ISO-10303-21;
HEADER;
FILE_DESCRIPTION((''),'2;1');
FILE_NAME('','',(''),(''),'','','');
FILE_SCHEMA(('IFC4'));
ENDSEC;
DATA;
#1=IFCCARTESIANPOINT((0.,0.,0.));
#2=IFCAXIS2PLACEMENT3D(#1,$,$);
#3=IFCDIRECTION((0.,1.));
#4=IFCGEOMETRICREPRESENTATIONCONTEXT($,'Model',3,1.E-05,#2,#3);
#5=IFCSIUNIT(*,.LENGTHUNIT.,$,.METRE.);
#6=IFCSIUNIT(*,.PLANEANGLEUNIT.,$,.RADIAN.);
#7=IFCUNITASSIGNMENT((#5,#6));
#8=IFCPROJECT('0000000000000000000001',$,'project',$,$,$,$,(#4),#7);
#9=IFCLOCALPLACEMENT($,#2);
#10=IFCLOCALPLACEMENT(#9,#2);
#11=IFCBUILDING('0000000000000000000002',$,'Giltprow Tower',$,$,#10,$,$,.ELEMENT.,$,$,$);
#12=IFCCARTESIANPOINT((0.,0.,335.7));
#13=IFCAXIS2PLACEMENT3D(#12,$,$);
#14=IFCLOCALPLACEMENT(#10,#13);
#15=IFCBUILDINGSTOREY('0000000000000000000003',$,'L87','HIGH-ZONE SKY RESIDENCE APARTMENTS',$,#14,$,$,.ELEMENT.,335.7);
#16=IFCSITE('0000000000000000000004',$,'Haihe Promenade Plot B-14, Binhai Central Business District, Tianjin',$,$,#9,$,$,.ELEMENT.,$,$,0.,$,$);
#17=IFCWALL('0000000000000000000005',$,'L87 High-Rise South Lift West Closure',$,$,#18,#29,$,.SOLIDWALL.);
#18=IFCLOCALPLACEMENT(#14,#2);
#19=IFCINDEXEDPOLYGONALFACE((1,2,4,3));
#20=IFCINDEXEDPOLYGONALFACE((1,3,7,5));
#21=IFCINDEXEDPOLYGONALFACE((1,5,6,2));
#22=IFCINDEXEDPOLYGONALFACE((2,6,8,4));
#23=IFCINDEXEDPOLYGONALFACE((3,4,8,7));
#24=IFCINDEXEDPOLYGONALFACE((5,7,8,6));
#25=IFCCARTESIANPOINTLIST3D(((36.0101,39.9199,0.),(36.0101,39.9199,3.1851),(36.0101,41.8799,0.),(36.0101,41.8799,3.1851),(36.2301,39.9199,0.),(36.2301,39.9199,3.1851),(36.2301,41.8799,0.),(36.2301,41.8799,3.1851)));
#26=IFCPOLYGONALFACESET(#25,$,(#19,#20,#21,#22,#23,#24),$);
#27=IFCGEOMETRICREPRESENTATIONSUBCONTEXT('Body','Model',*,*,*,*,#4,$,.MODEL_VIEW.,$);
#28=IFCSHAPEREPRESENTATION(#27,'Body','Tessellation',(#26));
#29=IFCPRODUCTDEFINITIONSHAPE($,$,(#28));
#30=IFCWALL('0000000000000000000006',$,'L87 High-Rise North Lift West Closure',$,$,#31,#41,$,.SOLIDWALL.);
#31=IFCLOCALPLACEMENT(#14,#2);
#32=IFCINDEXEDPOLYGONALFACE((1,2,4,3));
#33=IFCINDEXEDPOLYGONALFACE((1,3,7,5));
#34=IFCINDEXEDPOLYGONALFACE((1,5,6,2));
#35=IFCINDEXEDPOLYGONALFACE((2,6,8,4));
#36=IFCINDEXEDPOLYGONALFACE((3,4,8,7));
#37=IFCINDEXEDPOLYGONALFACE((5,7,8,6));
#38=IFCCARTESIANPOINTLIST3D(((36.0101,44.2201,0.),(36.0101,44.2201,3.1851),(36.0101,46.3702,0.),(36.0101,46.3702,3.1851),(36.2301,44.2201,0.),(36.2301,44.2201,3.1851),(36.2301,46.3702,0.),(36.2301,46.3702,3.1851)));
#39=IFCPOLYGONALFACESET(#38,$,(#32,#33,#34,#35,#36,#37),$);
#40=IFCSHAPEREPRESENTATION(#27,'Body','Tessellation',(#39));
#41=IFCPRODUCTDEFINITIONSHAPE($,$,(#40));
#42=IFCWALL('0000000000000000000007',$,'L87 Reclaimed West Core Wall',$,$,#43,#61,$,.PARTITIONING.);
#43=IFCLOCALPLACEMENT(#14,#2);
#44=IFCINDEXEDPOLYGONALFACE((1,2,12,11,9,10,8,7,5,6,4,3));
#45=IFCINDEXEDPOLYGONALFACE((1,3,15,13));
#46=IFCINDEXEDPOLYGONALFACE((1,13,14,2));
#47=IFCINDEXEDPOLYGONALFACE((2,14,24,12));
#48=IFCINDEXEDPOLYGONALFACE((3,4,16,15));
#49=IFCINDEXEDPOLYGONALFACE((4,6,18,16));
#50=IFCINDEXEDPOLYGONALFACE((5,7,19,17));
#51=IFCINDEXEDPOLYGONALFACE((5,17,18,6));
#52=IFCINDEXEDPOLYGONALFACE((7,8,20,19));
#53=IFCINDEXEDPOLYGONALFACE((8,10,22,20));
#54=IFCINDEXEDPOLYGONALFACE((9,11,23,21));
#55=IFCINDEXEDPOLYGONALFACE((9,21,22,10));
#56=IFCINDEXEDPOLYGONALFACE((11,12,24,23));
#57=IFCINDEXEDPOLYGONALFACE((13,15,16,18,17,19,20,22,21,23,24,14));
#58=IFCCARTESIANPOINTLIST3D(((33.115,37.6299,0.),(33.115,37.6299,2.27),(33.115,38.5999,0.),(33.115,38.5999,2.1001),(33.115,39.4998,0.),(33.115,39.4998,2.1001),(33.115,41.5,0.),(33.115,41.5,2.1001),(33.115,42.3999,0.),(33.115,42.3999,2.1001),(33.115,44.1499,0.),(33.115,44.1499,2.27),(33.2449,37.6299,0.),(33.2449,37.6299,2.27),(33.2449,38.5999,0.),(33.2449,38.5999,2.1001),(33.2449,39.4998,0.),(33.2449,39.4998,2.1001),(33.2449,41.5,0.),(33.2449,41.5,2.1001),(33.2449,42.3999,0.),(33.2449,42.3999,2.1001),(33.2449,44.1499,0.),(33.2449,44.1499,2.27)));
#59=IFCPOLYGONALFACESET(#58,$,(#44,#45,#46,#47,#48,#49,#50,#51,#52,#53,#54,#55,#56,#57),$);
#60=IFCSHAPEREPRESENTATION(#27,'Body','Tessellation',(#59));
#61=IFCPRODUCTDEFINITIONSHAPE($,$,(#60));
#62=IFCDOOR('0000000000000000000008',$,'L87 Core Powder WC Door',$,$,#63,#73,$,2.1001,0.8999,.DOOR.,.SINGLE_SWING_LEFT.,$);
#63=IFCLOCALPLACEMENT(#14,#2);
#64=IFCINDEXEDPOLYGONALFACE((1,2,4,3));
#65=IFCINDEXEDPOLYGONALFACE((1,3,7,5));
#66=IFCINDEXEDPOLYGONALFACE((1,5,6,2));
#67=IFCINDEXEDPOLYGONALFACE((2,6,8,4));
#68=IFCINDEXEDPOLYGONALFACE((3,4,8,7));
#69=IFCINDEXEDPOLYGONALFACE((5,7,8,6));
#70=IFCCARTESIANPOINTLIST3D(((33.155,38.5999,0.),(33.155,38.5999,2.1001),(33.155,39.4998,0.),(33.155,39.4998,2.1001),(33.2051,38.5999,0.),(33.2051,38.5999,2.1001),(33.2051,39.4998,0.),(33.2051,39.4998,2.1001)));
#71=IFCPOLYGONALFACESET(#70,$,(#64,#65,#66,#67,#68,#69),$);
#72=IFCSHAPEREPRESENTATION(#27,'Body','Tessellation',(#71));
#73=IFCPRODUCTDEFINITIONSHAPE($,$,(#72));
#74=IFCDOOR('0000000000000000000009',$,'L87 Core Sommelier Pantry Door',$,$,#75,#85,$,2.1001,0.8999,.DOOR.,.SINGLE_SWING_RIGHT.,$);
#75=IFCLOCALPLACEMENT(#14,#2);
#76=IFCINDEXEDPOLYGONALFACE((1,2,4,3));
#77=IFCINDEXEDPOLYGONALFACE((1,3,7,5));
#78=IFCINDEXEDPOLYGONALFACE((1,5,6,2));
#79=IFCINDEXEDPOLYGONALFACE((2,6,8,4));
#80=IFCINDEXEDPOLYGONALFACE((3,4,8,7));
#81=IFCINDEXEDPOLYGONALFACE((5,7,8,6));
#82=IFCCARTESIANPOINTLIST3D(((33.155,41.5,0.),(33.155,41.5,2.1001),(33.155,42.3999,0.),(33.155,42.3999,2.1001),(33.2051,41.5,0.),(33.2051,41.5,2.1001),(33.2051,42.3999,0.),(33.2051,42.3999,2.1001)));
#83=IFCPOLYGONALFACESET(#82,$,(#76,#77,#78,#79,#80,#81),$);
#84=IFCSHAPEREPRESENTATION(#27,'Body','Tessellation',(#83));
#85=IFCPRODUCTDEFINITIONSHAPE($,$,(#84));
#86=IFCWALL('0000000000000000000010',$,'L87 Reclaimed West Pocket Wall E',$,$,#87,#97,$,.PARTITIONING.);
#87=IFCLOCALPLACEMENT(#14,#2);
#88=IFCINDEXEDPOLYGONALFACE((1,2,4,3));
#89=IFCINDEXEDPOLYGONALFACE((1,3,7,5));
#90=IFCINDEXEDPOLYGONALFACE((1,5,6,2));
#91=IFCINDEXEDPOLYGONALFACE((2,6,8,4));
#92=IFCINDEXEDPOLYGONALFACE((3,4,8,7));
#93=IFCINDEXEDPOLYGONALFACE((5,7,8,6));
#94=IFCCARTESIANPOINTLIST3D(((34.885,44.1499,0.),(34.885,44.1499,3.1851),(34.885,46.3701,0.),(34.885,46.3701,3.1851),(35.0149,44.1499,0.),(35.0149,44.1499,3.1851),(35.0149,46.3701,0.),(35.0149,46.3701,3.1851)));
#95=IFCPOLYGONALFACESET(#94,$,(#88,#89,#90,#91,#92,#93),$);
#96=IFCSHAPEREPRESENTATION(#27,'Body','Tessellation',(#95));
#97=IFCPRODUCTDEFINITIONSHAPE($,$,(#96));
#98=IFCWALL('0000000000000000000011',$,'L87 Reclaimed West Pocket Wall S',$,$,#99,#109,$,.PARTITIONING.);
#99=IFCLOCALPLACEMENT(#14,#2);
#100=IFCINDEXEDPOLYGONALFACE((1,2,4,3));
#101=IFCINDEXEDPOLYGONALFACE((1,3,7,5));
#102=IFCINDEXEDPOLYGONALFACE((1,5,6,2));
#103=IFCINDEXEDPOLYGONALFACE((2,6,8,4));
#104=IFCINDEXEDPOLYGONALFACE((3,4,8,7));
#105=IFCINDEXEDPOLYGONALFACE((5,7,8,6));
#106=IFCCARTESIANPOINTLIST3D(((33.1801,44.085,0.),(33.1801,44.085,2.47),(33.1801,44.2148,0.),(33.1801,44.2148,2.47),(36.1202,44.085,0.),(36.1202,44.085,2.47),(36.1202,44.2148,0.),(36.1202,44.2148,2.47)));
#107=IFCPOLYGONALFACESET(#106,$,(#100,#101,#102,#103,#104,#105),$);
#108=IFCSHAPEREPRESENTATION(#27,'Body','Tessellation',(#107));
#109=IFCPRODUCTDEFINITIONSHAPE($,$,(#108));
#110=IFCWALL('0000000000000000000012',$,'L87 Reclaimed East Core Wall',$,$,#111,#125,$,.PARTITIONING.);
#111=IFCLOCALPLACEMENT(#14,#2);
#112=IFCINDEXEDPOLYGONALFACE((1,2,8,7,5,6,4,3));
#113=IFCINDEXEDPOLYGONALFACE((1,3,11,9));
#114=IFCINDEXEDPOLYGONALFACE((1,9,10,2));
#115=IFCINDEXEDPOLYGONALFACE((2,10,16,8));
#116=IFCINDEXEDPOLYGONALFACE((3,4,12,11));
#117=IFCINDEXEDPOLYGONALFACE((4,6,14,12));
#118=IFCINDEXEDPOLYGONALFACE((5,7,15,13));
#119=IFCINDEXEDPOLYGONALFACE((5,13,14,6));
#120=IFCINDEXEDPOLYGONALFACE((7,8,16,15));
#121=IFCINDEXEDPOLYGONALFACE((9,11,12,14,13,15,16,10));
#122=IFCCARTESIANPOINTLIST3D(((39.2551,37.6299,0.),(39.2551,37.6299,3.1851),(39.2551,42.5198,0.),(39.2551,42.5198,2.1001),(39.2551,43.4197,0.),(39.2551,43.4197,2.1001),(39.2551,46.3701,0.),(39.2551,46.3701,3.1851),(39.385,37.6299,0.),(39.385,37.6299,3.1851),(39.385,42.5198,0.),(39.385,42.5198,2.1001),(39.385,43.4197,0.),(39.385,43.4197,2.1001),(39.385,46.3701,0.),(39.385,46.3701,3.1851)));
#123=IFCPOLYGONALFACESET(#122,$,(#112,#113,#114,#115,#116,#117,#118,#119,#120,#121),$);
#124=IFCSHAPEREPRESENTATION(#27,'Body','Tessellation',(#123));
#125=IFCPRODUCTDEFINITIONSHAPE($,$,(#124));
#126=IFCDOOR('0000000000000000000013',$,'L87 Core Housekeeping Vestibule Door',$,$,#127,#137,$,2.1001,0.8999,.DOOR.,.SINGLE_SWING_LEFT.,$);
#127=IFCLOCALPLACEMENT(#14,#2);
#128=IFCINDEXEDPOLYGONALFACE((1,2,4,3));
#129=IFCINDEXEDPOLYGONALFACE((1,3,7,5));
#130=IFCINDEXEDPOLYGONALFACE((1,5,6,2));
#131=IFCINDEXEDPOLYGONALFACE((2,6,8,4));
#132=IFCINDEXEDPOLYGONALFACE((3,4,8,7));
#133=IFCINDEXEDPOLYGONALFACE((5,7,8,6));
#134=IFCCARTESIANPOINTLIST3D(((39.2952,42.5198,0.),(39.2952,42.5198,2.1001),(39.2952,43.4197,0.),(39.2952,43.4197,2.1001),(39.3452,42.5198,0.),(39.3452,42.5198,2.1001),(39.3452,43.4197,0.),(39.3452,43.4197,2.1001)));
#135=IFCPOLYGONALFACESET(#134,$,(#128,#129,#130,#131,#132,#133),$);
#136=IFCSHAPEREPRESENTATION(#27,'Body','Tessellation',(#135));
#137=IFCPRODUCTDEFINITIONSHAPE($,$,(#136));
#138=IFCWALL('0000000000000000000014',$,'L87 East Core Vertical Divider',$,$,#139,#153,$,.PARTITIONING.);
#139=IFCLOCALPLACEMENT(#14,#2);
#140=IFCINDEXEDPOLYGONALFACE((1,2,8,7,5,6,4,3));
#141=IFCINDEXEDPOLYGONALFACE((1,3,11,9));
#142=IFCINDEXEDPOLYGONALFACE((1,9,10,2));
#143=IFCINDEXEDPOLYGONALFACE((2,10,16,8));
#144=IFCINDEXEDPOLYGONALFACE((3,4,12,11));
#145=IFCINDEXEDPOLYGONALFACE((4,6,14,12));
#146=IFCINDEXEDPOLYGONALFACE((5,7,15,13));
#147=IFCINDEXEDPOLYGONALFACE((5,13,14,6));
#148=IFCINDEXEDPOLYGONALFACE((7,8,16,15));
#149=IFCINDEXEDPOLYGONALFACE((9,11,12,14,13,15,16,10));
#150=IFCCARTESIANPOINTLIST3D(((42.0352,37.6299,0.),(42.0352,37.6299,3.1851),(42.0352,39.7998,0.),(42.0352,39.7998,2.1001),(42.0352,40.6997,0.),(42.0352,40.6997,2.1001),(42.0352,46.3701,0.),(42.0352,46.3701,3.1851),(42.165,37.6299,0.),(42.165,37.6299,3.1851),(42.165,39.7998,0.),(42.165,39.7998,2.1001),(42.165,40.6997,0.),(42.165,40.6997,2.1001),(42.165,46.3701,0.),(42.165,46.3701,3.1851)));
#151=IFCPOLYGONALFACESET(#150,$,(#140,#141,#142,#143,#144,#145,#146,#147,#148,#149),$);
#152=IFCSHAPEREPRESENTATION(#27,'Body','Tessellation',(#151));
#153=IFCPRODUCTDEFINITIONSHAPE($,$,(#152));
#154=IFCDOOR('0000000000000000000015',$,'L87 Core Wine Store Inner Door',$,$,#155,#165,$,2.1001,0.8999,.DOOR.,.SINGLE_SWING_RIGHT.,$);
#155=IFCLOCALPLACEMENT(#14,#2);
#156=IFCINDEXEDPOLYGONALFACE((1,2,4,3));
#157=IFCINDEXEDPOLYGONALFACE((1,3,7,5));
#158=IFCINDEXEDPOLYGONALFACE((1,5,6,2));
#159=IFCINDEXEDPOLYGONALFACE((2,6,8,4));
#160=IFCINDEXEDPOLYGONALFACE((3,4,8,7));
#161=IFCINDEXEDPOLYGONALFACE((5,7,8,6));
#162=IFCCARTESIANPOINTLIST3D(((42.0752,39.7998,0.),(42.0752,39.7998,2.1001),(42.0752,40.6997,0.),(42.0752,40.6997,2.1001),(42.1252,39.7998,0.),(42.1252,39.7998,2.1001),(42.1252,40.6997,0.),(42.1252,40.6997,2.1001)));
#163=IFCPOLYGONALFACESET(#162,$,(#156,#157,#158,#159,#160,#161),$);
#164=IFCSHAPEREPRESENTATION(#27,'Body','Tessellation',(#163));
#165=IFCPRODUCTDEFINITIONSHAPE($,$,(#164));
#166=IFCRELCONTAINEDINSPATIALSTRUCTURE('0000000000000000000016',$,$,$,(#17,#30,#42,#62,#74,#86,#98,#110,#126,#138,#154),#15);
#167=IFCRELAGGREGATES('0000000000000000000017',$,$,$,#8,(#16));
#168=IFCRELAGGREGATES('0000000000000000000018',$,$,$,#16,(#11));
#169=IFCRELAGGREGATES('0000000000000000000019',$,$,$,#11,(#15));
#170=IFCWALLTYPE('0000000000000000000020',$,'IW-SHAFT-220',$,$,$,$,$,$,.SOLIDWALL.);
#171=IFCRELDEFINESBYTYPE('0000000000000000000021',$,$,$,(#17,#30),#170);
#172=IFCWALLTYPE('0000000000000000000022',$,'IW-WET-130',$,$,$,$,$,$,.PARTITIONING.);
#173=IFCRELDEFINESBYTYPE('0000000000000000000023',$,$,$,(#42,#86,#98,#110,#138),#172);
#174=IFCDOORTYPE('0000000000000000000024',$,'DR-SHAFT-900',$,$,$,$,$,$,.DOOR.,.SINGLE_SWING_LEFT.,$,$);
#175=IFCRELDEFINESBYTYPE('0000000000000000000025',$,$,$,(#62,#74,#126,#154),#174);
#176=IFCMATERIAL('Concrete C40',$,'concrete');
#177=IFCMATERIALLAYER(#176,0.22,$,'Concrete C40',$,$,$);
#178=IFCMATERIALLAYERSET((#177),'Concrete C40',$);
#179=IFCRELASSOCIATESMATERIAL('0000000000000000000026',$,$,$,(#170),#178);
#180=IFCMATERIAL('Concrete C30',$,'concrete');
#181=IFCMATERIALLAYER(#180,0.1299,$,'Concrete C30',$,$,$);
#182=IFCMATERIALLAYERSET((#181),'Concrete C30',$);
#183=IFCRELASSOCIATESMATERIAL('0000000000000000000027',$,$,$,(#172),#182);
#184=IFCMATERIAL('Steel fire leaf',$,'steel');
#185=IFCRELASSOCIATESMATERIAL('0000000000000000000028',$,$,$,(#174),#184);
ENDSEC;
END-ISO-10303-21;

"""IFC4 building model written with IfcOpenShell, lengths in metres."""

from ifc_helpers import new_model, si_unit, direction, frame, frame_2d, origin, place, context, subcontext, project, spatial, rectangle, extrude, source, transform, mapped, material, layer, layer_set, type_object, element, fill, save


model = new_model("IFC4")

# Units and contexts
model_context = context("Model", 3, precision=1e-05, world=origin(), true_north=direction((0.0, 1.0)))
body_context = subcontext(model_context, "Body", "Model", "MODEL_VIEW")
ifc_project = project(units=[si_unit("LENGTHUNIT", "METRE"), si_unit("PLANEANGLEUNIT", "RADIAN")], contexts=[model_context])

# Site, building, storey
site_placement = place(None, origin())
site = spatial("IfcSite", under=ifc_project, at=site_placement, Name="Haihe Promenade Plot B-14, Binhai Central Business District, Tianjin", CompositionType="ELEMENT", RefElevation=0.0)
building_placement = place(site_placement, origin())
building = spatial("IfcBuilding", under=site, at=building_placement, Name="Giltprow Tower", CompositionType="ELEMENT")
storey_placement = place(building_placement, frame((0.0, 0.0, 335.7)))
storey = spatial("IfcBuildingStorey", under=building, at=storey_placement, Name="L87", Description="HIGH-ZONE SKY RESIDENCE APARTMENTS", CompositionType="ELEMENT", Elevation=335.7)

# Shared definitions
ifc_material_1 = material(Name="Concrete C40", Category="concrete")
ifc_layer_1 = layer(ifc_material_1, 0.22, Name="Concrete C40")
ifc_layer_set_1 = layer_set([ifc_layer_1], Name="Concrete C40")
wall_type_1 = type_object("IfcWallType", Name="IW-SHAFT-220", PredefinedType="SOLIDWALL", material=ifc_layer_set_1)

# Walls
wall_1_placement = place(storey_placement, frame((36.1201, 39.9199, 0.0), z_axis=(0.0, 0.0, 1.0), x_axis=(0.0, 1.0, 0.0)))
element("IfcWall", 1, at=wall_1_placement, inside=storey, type_object=wall_type_1, Name="L87 High-Rise South Lift West Closure", PredefinedType="SOLIDWALL", context=body_context, shape_type="SweptSolid", body=[
    extrude(rectangle(XDim=1.96, YDim=0.22, at=frame_2d((0.98, 0.0))), origin(), (0.0, 0.0, 1.0), 3.1851),
])
wall_2_placement = place(storey_placement, frame((36.1201, 44.22, 0.0), z_axis=(0.0, 0.0, 1.0), x_axis=(0.0, 1.0, 0.0)))
element("IfcWall", 2, at=wall_2_placement, inside=storey, type_object=wall_type_1, Name="L87 High-Rise North Lift West Closure", PredefinedType="SOLIDWALL", context=body_context, shape_type="SweptSolid", body=[
    extrude(rectangle(XDim=2.1501, YDim=0.22, at=frame_2d((1.0752, 0.0))), origin(), (0.0, 0.0, 1.0), 3.1851),
])

# Wall, openings, doors
ifc_material_2 = material(Name="Concrete C30", Category="concrete")
ifc_layer_2 = layer(ifc_material_2, 0.1299, Name="Concrete C30")
ifc_layer_set_2 = layer_set([ifc_layer_2], Name="Concrete C30")
wall_type_2 = type_object("IfcWallType", Name="IW-WET-130", PredefinedType="PARTITIONING", material=ifc_layer_set_2)
wall_3_placement = place(storey_placement, frame((33.1799, 37.6299, 0.0), z_axis=(0.0, 0.0, 1.0), x_axis=(0.0, 1.0, 0.0)))
wall_3 = element("IfcWall", 3, at=wall_3_placement, inside=storey, type_object=wall_type_2, Name="L87 Reclaimed West Core Wall", PredefinedType="PARTITIONING", context=body_context, shape_type="SweptSolid", body=[
    extrude(rectangle(XDim=6.52, YDim=0.1299, at=frame_2d((3.26, 0.0))), origin(), (0.0, 0.0, 1.0), 2.27),
])
opening_1_placement = place(wall_3_placement, frame((0.97, 0.0, 0.0)))
opening_1 = element("IfcOpeningElement", 4, at=opening_1_placement, cuts=wall_3, PredefinedType="OPENING", context=body_context, shape_type="SweptSolid", body=[
    extrude(rectangle(XDim=0.8999, YDim=2.1001, at=frame_2d((0.45, 1.05))), frame((0.0, 0.075, 0.0), z_axis=(0.0, -1.0, 0.0), x_axis=(1.0, 0.0, 0.0)), (0.0, 0.0, 1.0), 0.1499),
])
opening_2_placement = place(wall_3_placement, frame((3.8701, 0.0, 0.0)))
opening_2 = element("IfcOpeningElement", 5, at=opening_2_placement, cuts=wall_3, PredefinedType="OPENING", context=body_context, shape_type="SweptSolid", body=[
    extrude(rectangle(XDim=0.8999, YDim=2.1001, at=frame_2d((0.45, 1.05))), frame((0.0, 0.075, 0.0), z_axis=(0.0, -1.0, 0.0), x_axis=(1.0, 0.0, 0.0)), (0.0, 0.0, 1.0), 0.1499),
])
ifc_material_3 = material(Name="Steel fire leaf", Category="steel")
door_type_1 = type_object("IfcDoorType", Name="DR-SHAFT-900", OperationType="SINGLE_SWING_LEFT", PredefinedType="DOOR", material=ifc_material_3)
shared_shape_1 = source(origin(), body_context, "Body", "SweptSolid", [
    extrude(rectangle(XDim=0.8999, YDim=2.1001, at=frame_2d((0.45, 1.05))), frame((0.0, 0.0249, 0.0), z_axis=(0.0, -1.0, 0.0), x_axis=(1.0, 0.0, 0.0)), (0.0, 0.0, 1.0), 0.05),
])
door_1_placement = place(opening_1_placement, origin())
door_1 = element("IfcDoor", 6, at=door_1_placement, inside=storey, type_object=door_type_1, Name="L87 Core Powder WC Door", OperationType="SINGLE_SWING_LEFT", OverallHeight=2.1001, OverallWidth=0.8999, PredefinedType="DOOR", context=body_context, shape_type="MappedRepresentation", body=[
    mapped(shared_shape_1, transform((0.0, 0.0, 0.0), x_axis=(1.0, 0.0, 0.0), y_axis=(0.0, 1.0, 0.0), z_axis=(0.0, 0.0, 1.0), scale=1.0)),
])
fill(opening_1, door_1)
door_2_placement = place(opening_2_placement, origin())
door_2 = element("IfcDoor", 7, at=door_2_placement, inside=storey, type_object=door_type_1, Name="L87 Core Sommelier Pantry Door", OperationType="SINGLE_SWING_RIGHT", OverallHeight=2.1001, OverallWidth=0.8999, PredefinedType="DOOR", context=body_context, shape_type="MappedRepresentation", body=[
    mapped(shared_shape_1, transform((0.0, 0.0, 0.0), x_axis=(1.0, 0.0, 0.0), y_axis=(0.0, 1.0, 0.0), z_axis=(0.0, 0.0, 1.0), scale=1.0)),
])
fill(opening_2, door_2)

# Walls
wall_4_placement = place(storey_placement, frame((34.95, 44.1499, 0.0), z_axis=(0.0, 0.0, 1.0), x_axis=(0.0, 1.0, 0.0)))
element("IfcWall", 8, at=wall_4_placement, inside=storey, type_object=wall_type_2, Name="L87 Reclaimed West Pocket Wall E", PredefinedType="PARTITIONING", context=body_context, shape_type="SweptSolid", body=[
    extrude(rectangle(XDim=2.2202, YDim=0.1299, at=frame_2d((1.1101, 0.0))), origin(), (0.0, 0.0, 1.0), 3.1851),
])
wall_5_placement = place(storey_placement, frame((33.1799, 44.1499, 0.0), z_axis=(0.0, 0.0, 1.0), x_axis=(1.0, 0.0, 0.0)))
element("IfcWall", 9, at=wall_5_placement, inside=storey, type_object=wall_type_2, Name="L87 Reclaimed West Pocket Wall S", PredefinedType="PARTITIONING", context=body_context, shape_type="SweptSolid", body=[
    extrude(rectangle(XDim=2.9402, YDim=0.1299, at=frame_2d((1.4702, 0.0))), origin(), (0.0, 0.0, 1.0), 2.47),
])

# Walls, openings, doors
wall_6_placement = place(storey_placement, frame((39.3201, 37.6299, 0.0), z_axis=(0.0, 0.0, 1.0), x_axis=(0.0, 1.0, 0.0)))
wall_6 = element("IfcWall", 10, at=wall_6_placement, inside=storey, type_object=wall_type_2, Name="L87 Reclaimed East Core Wall", PredefinedType="PARTITIONING", context=body_context, shape_type="SweptSolid", body=[
    extrude(rectangle(XDim=8.7402, YDim=0.1299, at=frame_2d((4.3701, 0.0))), origin(), (0.0, 0.0, 1.0), 3.1851),
])
opening_3_placement = place(wall_6_placement, frame((4.8899, 0.0, 0.0)))
opening_3 = element("IfcOpeningElement", 11, at=opening_3_placement, cuts=wall_6, PredefinedType="OPENING", context=body_context, shape_type="SweptSolid", body=[
    extrude(rectangle(XDim=0.8999, YDim=2.1001, at=frame_2d((0.45, 1.05))), frame((0.0, 0.075, 0.0), z_axis=(0.0, -1.0, 0.0), x_axis=(1.0, 0.0, 0.0)), (0.0, 0.0, 1.0), 0.1499),
])
door_3_placement = place(opening_3_placement, origin())
door_3 = element("IfcDoor", 12, at=door_3_placement, inside=storey, type_object=door_type_1, Name="L87 Core Housekeeping Vestibule Door", OperationType="SINGLE_SWING_LEFT", OverallHeight=2.1001, OverallWidth=0.8999, PredefinedType="DOOR", context=body_context, shape_type="MappedRepresentation", body=[
    mapped(shared_shape_1, transform((0.0, 0.0, 0.0), x_axis=(1.0, 0.0, 0.0), y_axis=(0.0, 1.0, 0.0), z_axis=(0.0, 0.0, 1.0), scale=1.0)),
])
fill(opening_3, door_3)
wall_7_placement = place(storey_placement, frame((42.1001, 37.6299, 0.0), z_axis=(0.0, 0.0, 1.0), x_axis=(0.0, 1.0, 0.0)))
wall_7 = element("IfcWall", 13, at=wall_7_placement, inside=storey, type_object=wall_type_2, Name="L87 East Core Vertical Divider", PredefinedType="PARTITIONING", context=body_context, shape_type="SweptSolid", body=[
    extrude(rectangle(XDim=8.7402, YDim=0.1299, at=frame_2d((4.3701, 0.0))), origin(), (0.0, 0.0, 1.0), 3.1851),
])
opening_4_placement = place(wall_7_placement, frame((2.1699, 0.0, 0.0)))
opening_4 = element("IfcOpeningElement", 14, at=opening_4_placement, cuts=wall_7, PredefinedType="OPENING", context=body_context, shape_type="SweptSolid", body=[
    extrude(rectangle(XDim=0.8999, YDim=2.1001, at=frame_2d((0.45, 1.05))), frame((0.0, 0.075, 0.0), z_axis=(0.0, -1.0, 0.0), x_axis=(1.0, 0.0, 0.0)), (0.0, 0.0, 1.0), 0.1499),
])
door_4_placement = place(opening_4_placement, origin())
door_4 = element("IfcDoor", 15, at=door_4_placement, inside=storey, type_object=door_type_1, Name="L87 Core Wine Store Inner Door", OperationType="SINGLE_SWING_RIGHT", OverallHeight=2.1001, OverallWidth=0.8999, PredefinedType="DOOR", context=body_context, shape_type="MappedRepresentation", body=[
    mapped(shared_shape_1, transform((0.0, 0.0, 0.0), x_axis=(1.0, 0.0, 0.0), y_axis=(0.0, 1.0, 0.0), z_axis=(0.0, 0.0, 1.0), scale=1.0)),
])
fill(opening_4, door_4)

save(model, "model.ifc")
